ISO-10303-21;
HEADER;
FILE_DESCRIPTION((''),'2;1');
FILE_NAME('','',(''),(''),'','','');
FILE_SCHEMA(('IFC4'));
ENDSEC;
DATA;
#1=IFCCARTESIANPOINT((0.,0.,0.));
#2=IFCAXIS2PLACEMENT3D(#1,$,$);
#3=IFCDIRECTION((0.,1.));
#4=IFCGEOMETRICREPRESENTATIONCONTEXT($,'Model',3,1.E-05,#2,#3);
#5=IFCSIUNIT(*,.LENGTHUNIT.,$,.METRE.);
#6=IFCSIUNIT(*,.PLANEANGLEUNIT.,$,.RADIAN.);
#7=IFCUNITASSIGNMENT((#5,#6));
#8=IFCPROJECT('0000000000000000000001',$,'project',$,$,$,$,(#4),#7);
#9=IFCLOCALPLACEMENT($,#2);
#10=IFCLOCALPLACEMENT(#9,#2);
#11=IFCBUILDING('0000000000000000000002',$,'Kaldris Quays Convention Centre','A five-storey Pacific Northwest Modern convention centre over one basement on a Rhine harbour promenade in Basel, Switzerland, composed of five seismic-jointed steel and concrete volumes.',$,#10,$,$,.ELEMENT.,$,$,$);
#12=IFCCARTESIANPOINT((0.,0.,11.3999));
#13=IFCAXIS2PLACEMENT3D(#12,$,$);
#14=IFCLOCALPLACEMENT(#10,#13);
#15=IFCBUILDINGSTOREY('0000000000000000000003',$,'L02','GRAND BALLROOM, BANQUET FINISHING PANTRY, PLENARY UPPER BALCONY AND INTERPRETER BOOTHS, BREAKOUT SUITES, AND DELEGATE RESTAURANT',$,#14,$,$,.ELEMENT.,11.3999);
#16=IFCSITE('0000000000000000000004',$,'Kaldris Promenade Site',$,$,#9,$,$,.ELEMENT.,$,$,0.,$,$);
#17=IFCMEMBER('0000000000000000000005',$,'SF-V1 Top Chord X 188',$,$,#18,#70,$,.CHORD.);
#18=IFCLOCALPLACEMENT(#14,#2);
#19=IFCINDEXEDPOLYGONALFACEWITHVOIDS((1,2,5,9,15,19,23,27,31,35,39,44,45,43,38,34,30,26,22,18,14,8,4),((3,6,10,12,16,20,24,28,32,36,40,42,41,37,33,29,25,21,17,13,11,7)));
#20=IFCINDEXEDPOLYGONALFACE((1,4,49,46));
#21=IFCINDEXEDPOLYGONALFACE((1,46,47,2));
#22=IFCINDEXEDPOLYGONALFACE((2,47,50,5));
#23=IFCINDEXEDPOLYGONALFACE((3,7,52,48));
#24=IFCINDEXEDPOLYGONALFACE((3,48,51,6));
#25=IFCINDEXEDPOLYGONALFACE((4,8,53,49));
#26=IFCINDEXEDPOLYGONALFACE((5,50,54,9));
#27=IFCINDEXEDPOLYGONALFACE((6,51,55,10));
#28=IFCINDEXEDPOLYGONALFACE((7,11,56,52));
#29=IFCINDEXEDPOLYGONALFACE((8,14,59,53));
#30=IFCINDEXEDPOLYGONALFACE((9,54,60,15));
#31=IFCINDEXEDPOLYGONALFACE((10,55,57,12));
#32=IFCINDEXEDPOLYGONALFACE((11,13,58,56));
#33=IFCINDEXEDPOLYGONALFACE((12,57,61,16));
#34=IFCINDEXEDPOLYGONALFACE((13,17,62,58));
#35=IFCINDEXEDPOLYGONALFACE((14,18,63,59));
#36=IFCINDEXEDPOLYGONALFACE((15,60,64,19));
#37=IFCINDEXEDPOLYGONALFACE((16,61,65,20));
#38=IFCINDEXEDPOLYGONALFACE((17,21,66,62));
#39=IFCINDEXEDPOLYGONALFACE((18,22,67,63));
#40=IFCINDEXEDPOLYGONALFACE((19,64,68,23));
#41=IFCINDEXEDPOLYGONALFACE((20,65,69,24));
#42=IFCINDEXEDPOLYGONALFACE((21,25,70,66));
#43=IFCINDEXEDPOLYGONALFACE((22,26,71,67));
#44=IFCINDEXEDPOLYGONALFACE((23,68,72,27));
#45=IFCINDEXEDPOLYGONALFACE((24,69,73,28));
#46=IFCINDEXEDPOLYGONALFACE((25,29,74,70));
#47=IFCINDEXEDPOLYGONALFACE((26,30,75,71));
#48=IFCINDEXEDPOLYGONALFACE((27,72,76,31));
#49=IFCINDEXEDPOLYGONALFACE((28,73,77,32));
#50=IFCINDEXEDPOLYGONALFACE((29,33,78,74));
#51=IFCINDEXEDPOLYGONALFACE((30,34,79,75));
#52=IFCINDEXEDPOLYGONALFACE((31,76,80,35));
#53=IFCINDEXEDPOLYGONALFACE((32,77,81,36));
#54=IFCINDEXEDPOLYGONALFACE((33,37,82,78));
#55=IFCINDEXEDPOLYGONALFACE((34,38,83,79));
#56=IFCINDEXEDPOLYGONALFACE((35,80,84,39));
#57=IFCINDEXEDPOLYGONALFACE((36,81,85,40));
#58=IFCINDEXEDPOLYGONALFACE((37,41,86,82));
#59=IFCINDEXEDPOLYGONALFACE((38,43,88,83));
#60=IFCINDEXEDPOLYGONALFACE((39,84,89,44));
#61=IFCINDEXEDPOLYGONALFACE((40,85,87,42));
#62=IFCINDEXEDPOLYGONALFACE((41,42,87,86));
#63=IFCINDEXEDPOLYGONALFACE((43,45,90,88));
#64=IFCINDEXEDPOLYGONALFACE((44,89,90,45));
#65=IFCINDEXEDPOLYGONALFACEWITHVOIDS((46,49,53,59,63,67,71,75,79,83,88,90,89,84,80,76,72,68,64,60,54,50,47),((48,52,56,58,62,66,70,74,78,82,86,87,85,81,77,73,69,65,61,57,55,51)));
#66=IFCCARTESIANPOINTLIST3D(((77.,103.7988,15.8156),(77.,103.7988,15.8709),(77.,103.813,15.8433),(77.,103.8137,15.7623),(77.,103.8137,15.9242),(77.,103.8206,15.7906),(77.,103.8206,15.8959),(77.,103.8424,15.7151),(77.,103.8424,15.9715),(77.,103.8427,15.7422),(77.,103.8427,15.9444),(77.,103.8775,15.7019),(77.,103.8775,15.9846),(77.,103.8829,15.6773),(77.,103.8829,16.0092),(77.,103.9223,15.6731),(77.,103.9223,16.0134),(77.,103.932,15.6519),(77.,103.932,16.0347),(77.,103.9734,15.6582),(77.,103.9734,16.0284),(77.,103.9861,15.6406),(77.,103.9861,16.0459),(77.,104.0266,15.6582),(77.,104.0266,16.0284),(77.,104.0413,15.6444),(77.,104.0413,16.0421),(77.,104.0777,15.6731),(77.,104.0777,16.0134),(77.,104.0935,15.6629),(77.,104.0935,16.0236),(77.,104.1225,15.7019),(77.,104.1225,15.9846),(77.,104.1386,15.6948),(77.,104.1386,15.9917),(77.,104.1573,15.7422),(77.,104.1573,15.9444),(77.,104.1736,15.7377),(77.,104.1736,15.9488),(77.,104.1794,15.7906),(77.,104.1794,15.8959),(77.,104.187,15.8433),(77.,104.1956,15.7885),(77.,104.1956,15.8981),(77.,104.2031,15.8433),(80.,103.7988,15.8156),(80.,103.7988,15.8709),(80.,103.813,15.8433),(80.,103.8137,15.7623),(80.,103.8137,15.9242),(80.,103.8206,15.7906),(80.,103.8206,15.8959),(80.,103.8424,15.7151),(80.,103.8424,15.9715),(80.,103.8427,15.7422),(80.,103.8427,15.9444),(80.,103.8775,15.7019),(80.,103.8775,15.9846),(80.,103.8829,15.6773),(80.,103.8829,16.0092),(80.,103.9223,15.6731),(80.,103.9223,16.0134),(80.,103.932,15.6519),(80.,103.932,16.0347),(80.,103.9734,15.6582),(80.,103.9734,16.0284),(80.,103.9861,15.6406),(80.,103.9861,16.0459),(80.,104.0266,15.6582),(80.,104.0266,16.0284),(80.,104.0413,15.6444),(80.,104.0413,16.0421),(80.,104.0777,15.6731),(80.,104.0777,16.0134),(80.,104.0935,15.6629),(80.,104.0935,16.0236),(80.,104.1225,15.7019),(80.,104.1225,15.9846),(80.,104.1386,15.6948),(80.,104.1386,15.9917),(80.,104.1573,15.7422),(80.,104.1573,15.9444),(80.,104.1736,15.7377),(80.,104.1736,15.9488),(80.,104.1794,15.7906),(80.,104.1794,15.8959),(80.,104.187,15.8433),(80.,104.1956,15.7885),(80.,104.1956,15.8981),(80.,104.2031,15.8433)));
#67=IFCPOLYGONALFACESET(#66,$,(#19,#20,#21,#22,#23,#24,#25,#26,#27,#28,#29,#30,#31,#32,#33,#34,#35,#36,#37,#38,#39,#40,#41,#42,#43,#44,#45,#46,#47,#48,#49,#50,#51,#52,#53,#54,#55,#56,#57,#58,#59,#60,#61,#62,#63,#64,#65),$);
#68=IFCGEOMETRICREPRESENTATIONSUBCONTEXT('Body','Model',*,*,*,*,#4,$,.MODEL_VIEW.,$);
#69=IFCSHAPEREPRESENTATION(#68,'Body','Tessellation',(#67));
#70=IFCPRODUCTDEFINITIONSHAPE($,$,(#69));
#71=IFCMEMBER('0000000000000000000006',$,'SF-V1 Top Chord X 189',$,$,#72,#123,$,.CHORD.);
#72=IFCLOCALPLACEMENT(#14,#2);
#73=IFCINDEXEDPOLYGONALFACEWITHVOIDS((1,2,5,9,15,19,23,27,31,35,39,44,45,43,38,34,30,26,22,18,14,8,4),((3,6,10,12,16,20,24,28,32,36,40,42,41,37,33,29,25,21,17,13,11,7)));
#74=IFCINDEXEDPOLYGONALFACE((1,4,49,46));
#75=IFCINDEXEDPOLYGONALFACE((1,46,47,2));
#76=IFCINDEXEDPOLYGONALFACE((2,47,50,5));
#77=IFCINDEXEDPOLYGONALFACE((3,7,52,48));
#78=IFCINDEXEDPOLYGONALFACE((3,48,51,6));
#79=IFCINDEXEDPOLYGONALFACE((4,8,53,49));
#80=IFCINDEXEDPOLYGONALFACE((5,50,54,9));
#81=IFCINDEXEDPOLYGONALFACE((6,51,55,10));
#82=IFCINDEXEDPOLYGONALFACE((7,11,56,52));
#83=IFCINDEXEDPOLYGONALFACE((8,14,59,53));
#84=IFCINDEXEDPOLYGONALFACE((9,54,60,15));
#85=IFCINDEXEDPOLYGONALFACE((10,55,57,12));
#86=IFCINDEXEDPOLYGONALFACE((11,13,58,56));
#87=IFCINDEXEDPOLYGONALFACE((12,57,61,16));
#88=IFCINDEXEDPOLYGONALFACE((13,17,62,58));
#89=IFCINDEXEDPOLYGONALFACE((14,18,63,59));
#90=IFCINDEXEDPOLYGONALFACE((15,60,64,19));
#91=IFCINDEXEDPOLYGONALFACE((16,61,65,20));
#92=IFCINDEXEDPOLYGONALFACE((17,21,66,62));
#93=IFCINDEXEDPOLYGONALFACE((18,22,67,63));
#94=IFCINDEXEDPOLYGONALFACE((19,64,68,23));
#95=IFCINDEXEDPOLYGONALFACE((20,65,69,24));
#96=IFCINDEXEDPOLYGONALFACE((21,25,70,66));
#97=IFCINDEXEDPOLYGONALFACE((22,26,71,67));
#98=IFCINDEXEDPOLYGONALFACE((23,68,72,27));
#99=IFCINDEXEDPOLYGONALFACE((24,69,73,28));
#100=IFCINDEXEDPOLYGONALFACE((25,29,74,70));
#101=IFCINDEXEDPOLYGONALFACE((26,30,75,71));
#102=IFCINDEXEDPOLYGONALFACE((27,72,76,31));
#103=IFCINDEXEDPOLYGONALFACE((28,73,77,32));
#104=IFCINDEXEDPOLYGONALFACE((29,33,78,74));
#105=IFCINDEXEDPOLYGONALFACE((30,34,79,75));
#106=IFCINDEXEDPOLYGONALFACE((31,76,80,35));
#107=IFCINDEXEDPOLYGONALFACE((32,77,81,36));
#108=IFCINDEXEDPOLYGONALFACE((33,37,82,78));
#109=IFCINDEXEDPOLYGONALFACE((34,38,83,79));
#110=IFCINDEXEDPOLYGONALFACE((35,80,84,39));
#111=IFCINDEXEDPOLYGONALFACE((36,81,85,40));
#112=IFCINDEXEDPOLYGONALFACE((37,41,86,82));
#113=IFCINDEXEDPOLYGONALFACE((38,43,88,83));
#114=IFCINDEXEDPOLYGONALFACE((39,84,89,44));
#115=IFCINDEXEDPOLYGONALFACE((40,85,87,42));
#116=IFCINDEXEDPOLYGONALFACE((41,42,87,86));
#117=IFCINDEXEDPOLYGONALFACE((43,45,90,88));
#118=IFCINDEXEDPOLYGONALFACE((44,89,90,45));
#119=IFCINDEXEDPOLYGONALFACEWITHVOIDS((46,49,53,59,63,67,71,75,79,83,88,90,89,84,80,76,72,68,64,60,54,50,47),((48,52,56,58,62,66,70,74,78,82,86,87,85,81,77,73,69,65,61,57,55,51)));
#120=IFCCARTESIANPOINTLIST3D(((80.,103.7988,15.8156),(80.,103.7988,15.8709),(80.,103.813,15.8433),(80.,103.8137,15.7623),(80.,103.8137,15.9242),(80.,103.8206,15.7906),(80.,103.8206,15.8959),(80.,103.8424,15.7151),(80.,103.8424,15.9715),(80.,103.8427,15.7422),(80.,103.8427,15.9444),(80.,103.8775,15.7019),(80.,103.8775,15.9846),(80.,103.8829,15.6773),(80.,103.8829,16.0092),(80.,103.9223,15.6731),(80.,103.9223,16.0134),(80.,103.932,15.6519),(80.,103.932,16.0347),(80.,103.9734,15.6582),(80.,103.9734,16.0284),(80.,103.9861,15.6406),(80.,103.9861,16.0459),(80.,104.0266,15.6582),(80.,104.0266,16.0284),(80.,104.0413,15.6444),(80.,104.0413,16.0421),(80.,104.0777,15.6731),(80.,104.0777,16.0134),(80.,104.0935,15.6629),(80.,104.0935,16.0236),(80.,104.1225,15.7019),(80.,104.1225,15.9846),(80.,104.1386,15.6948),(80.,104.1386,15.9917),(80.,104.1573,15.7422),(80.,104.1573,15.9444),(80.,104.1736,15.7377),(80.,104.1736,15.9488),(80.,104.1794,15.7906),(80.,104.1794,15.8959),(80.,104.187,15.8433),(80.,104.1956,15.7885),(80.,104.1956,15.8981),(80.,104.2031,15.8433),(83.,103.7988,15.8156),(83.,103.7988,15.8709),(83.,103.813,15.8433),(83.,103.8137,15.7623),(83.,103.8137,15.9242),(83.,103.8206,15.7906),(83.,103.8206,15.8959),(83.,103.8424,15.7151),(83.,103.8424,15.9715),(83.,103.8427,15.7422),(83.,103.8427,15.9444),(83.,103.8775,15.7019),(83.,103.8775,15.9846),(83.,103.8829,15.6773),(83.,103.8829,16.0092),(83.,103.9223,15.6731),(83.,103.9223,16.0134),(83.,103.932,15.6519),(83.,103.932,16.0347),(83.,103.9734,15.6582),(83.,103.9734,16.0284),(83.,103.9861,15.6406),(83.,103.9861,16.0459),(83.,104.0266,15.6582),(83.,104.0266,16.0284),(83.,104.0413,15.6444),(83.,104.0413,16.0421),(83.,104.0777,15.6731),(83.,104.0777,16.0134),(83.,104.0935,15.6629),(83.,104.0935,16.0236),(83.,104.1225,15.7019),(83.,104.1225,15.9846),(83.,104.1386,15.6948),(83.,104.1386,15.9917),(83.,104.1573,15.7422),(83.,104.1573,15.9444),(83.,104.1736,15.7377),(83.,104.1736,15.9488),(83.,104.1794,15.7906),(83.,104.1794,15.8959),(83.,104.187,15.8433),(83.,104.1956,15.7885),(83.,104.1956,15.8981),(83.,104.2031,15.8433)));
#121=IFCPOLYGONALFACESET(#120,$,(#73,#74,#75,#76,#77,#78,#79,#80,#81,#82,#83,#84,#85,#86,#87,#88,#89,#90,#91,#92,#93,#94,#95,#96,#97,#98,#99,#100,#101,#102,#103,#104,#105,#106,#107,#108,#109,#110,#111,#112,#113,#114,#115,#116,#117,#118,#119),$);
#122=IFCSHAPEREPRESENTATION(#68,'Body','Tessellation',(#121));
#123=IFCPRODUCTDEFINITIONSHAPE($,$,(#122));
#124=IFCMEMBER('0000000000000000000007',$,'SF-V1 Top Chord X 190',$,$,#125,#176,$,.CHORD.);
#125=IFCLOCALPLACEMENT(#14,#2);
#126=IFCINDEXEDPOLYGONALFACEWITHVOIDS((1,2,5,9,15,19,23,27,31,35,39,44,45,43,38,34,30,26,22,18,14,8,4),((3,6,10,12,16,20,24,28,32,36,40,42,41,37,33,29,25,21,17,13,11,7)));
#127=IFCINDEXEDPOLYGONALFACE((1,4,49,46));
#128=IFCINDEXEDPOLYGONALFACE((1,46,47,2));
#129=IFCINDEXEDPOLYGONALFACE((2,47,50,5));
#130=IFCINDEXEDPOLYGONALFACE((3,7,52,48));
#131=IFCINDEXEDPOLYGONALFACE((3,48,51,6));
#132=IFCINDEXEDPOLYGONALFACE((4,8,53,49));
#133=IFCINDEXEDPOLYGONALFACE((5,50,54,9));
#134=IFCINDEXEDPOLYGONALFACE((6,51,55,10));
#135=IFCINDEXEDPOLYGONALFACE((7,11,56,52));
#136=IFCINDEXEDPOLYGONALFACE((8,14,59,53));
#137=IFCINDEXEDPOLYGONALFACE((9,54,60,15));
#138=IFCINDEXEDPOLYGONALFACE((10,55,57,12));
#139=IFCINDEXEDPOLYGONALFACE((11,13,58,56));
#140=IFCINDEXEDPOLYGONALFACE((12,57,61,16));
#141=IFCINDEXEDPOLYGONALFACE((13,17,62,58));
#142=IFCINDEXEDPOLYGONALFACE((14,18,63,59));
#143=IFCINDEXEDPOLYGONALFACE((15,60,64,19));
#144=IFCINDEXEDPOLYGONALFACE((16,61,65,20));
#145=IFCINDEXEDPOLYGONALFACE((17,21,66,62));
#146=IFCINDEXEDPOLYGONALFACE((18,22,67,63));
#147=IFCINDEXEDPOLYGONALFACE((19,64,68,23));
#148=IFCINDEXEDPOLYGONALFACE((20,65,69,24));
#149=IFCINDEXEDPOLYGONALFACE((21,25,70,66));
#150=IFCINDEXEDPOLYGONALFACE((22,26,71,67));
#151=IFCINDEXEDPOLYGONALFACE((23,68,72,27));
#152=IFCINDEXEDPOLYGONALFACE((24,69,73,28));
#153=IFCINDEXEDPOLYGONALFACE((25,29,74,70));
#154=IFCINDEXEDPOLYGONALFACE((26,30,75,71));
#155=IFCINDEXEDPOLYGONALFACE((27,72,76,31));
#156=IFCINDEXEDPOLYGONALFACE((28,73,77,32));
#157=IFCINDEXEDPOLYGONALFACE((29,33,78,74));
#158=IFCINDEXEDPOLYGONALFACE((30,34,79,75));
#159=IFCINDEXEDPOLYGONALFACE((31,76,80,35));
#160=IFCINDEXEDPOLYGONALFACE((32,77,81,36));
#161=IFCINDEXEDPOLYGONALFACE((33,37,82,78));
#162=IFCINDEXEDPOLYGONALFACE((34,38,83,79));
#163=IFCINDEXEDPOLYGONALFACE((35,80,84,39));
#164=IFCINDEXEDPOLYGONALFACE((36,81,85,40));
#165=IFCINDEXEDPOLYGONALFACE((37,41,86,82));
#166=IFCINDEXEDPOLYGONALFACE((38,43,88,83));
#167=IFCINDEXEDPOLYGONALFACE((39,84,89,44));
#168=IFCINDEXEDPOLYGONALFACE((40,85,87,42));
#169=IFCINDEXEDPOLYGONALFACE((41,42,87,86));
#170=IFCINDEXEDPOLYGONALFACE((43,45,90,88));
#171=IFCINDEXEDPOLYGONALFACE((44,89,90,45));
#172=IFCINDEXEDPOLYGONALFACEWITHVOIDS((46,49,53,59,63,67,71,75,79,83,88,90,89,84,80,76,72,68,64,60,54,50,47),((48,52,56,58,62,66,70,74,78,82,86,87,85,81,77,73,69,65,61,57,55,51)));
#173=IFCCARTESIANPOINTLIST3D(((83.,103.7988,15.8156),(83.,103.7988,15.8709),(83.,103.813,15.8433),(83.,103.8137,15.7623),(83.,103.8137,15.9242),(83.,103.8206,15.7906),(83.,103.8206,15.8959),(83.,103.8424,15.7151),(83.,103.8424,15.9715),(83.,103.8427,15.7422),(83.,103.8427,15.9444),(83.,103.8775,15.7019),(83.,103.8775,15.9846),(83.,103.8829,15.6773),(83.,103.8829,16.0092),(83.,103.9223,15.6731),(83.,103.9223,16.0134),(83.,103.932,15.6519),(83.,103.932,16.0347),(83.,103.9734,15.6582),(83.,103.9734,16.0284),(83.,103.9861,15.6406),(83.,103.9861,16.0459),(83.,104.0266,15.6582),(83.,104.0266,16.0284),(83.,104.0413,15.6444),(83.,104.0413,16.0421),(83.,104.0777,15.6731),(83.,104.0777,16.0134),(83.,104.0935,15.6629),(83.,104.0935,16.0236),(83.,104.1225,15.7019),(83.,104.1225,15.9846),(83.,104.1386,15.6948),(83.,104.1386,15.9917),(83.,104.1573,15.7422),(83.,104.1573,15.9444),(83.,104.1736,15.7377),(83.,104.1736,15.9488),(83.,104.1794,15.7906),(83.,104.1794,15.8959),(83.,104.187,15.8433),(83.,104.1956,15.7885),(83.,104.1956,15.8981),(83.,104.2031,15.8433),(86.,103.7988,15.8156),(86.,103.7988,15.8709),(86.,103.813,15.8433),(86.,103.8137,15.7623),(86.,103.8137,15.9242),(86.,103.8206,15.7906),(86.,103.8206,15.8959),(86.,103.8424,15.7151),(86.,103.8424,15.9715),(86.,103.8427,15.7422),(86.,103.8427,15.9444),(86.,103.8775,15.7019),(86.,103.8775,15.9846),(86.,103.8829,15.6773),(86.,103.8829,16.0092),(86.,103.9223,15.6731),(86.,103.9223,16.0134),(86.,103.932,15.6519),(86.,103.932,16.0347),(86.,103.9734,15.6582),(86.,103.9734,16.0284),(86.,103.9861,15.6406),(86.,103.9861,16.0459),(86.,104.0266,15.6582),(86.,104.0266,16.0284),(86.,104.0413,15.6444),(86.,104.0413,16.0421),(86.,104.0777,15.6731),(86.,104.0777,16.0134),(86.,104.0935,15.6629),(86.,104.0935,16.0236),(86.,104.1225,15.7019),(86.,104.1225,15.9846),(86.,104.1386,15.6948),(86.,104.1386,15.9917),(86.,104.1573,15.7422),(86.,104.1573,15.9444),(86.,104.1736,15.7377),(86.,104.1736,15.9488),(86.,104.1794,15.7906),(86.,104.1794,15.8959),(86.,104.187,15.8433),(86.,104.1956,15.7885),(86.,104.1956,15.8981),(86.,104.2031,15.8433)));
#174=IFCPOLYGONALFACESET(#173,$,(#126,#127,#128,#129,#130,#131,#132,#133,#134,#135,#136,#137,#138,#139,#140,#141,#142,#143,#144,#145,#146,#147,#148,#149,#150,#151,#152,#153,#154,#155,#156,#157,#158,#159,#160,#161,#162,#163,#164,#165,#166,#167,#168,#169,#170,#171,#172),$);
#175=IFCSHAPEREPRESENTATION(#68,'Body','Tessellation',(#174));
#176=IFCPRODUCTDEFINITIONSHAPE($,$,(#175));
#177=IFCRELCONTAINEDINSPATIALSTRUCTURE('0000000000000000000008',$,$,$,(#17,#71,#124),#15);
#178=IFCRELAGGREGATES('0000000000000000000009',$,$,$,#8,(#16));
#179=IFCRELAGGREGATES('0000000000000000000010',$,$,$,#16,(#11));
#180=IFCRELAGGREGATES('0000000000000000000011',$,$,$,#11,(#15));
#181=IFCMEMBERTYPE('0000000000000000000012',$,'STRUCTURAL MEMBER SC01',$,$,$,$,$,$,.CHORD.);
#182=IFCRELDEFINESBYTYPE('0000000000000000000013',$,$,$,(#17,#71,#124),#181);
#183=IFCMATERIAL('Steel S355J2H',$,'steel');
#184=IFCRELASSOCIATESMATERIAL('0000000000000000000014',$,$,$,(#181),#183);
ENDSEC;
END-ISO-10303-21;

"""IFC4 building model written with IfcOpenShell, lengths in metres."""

from ifc_helpers import new_model, si_unit, direction, frame, origin, origin_2d, place, context, subcontext, project, spatial, hollow_circle, extrude, material, material_profile, profile_set, type_object, element, save


model = new_model("IFC4")

# Units and contexts
model_context = context("Model", 3, precision=1e-05, world=origin(), true_north=direction((0.0, 1.0)))
body_context = subcontext(model_context, "Body", "Model", "MODEL_VIEW")
ifc_project = project(units=[si_unit("LENGTHUNIT", "METRE"), si_unit("PLANEANGLEUNIT", "RADIAN")], contexts=[model_context])

# Site, building, storey
site_placement = place(None, origin())
site = spatial("IfcSite", under=ifc_project, at=site_placement, Name="Kaldris Promenade Site", CompositionType="ELEMENT", RefElevation=0.0)
building_placement = place(site_placement, origin())
building = spatial("IfcBuilding", under=site, at=building_placement, Name="Kaldris Quays Convention Centre", Description="A five-storey Pacific Northwest Modern convention centre over one basement on a Rhine harbour promenade in Basel, Switzerland, composed of five seismic-jointed steel and concrete volumes.", CompositionType="ELEMENT")
storey_placement = place(building_placement, frame((0.0, 0.0, 11.3999)))
storey = spatial("IfcBuildingStorey", under=building, at=storey_placement, Name="L02", Description="GRAND BALLROOM, BANQUET FINISHING PANTRY, PLENARY UPPER BALCONY AND INTERPRETER BOOTHS, BREAKOUT SUITES, AND DELEGATE RESTAURANT", CompositionType="ELEMENT", Elevation=11.3999)

# Members
ifc_material_1 = material(Name="Steel S355J2H", Category="steel")
ifc_material_profile_1 = material_profile(ifc_material_1, hollow_circle(Radius=0.2031, WallThickness=0.0161, at=origin_2d()), Name="CHS 406.4x16")
ifc_profile_set_1 = profile_set([ifc_material_profile_1], Name="Steel S355J2H")
member_type_1 = type_object("IfcMemberType", Name="STRUCTURAL MEMBER SC01", PredefinedType="CHORD", material=ifc_profile_set_1)
for number, where, z_axis, x_axis, name in (
    (1, (77.0, 104.0, 15.8433), (1.0, 0.0, 0.0), (0.0, 1.0, 0.0), "SF-V1 Top Chord X 188"),
    (2, (80.0, 104.0, 15.8433), (1.0, 0.0, 0.0), (0.0, 1.0, 0.0), "SF-V1 Top Chord X 189"),
    (3, (83.0, 104.0, 15.8433), (1.0, 0.0, 0.0), (0.0, 1.0, 0.0), "SF-V1 Top Chord X 190"),
):
    element("IfcMember", number, at=place(storey_placement, frame(where, z_axis=z_axis, x_axis=x_axis)), inside=storey, type_object=member_type_1, Name=name, PredefinedType="CHORD", context=body_context, shape_type="SweptSolid", body=[
        extrude(hollow_circle(Radius=0.2031, WallThickness=0.0161, at=origin_2d()), origin(), (0.0, 0.0, 1.0), 3.0),
    ])

save(model, "model.ifc")
